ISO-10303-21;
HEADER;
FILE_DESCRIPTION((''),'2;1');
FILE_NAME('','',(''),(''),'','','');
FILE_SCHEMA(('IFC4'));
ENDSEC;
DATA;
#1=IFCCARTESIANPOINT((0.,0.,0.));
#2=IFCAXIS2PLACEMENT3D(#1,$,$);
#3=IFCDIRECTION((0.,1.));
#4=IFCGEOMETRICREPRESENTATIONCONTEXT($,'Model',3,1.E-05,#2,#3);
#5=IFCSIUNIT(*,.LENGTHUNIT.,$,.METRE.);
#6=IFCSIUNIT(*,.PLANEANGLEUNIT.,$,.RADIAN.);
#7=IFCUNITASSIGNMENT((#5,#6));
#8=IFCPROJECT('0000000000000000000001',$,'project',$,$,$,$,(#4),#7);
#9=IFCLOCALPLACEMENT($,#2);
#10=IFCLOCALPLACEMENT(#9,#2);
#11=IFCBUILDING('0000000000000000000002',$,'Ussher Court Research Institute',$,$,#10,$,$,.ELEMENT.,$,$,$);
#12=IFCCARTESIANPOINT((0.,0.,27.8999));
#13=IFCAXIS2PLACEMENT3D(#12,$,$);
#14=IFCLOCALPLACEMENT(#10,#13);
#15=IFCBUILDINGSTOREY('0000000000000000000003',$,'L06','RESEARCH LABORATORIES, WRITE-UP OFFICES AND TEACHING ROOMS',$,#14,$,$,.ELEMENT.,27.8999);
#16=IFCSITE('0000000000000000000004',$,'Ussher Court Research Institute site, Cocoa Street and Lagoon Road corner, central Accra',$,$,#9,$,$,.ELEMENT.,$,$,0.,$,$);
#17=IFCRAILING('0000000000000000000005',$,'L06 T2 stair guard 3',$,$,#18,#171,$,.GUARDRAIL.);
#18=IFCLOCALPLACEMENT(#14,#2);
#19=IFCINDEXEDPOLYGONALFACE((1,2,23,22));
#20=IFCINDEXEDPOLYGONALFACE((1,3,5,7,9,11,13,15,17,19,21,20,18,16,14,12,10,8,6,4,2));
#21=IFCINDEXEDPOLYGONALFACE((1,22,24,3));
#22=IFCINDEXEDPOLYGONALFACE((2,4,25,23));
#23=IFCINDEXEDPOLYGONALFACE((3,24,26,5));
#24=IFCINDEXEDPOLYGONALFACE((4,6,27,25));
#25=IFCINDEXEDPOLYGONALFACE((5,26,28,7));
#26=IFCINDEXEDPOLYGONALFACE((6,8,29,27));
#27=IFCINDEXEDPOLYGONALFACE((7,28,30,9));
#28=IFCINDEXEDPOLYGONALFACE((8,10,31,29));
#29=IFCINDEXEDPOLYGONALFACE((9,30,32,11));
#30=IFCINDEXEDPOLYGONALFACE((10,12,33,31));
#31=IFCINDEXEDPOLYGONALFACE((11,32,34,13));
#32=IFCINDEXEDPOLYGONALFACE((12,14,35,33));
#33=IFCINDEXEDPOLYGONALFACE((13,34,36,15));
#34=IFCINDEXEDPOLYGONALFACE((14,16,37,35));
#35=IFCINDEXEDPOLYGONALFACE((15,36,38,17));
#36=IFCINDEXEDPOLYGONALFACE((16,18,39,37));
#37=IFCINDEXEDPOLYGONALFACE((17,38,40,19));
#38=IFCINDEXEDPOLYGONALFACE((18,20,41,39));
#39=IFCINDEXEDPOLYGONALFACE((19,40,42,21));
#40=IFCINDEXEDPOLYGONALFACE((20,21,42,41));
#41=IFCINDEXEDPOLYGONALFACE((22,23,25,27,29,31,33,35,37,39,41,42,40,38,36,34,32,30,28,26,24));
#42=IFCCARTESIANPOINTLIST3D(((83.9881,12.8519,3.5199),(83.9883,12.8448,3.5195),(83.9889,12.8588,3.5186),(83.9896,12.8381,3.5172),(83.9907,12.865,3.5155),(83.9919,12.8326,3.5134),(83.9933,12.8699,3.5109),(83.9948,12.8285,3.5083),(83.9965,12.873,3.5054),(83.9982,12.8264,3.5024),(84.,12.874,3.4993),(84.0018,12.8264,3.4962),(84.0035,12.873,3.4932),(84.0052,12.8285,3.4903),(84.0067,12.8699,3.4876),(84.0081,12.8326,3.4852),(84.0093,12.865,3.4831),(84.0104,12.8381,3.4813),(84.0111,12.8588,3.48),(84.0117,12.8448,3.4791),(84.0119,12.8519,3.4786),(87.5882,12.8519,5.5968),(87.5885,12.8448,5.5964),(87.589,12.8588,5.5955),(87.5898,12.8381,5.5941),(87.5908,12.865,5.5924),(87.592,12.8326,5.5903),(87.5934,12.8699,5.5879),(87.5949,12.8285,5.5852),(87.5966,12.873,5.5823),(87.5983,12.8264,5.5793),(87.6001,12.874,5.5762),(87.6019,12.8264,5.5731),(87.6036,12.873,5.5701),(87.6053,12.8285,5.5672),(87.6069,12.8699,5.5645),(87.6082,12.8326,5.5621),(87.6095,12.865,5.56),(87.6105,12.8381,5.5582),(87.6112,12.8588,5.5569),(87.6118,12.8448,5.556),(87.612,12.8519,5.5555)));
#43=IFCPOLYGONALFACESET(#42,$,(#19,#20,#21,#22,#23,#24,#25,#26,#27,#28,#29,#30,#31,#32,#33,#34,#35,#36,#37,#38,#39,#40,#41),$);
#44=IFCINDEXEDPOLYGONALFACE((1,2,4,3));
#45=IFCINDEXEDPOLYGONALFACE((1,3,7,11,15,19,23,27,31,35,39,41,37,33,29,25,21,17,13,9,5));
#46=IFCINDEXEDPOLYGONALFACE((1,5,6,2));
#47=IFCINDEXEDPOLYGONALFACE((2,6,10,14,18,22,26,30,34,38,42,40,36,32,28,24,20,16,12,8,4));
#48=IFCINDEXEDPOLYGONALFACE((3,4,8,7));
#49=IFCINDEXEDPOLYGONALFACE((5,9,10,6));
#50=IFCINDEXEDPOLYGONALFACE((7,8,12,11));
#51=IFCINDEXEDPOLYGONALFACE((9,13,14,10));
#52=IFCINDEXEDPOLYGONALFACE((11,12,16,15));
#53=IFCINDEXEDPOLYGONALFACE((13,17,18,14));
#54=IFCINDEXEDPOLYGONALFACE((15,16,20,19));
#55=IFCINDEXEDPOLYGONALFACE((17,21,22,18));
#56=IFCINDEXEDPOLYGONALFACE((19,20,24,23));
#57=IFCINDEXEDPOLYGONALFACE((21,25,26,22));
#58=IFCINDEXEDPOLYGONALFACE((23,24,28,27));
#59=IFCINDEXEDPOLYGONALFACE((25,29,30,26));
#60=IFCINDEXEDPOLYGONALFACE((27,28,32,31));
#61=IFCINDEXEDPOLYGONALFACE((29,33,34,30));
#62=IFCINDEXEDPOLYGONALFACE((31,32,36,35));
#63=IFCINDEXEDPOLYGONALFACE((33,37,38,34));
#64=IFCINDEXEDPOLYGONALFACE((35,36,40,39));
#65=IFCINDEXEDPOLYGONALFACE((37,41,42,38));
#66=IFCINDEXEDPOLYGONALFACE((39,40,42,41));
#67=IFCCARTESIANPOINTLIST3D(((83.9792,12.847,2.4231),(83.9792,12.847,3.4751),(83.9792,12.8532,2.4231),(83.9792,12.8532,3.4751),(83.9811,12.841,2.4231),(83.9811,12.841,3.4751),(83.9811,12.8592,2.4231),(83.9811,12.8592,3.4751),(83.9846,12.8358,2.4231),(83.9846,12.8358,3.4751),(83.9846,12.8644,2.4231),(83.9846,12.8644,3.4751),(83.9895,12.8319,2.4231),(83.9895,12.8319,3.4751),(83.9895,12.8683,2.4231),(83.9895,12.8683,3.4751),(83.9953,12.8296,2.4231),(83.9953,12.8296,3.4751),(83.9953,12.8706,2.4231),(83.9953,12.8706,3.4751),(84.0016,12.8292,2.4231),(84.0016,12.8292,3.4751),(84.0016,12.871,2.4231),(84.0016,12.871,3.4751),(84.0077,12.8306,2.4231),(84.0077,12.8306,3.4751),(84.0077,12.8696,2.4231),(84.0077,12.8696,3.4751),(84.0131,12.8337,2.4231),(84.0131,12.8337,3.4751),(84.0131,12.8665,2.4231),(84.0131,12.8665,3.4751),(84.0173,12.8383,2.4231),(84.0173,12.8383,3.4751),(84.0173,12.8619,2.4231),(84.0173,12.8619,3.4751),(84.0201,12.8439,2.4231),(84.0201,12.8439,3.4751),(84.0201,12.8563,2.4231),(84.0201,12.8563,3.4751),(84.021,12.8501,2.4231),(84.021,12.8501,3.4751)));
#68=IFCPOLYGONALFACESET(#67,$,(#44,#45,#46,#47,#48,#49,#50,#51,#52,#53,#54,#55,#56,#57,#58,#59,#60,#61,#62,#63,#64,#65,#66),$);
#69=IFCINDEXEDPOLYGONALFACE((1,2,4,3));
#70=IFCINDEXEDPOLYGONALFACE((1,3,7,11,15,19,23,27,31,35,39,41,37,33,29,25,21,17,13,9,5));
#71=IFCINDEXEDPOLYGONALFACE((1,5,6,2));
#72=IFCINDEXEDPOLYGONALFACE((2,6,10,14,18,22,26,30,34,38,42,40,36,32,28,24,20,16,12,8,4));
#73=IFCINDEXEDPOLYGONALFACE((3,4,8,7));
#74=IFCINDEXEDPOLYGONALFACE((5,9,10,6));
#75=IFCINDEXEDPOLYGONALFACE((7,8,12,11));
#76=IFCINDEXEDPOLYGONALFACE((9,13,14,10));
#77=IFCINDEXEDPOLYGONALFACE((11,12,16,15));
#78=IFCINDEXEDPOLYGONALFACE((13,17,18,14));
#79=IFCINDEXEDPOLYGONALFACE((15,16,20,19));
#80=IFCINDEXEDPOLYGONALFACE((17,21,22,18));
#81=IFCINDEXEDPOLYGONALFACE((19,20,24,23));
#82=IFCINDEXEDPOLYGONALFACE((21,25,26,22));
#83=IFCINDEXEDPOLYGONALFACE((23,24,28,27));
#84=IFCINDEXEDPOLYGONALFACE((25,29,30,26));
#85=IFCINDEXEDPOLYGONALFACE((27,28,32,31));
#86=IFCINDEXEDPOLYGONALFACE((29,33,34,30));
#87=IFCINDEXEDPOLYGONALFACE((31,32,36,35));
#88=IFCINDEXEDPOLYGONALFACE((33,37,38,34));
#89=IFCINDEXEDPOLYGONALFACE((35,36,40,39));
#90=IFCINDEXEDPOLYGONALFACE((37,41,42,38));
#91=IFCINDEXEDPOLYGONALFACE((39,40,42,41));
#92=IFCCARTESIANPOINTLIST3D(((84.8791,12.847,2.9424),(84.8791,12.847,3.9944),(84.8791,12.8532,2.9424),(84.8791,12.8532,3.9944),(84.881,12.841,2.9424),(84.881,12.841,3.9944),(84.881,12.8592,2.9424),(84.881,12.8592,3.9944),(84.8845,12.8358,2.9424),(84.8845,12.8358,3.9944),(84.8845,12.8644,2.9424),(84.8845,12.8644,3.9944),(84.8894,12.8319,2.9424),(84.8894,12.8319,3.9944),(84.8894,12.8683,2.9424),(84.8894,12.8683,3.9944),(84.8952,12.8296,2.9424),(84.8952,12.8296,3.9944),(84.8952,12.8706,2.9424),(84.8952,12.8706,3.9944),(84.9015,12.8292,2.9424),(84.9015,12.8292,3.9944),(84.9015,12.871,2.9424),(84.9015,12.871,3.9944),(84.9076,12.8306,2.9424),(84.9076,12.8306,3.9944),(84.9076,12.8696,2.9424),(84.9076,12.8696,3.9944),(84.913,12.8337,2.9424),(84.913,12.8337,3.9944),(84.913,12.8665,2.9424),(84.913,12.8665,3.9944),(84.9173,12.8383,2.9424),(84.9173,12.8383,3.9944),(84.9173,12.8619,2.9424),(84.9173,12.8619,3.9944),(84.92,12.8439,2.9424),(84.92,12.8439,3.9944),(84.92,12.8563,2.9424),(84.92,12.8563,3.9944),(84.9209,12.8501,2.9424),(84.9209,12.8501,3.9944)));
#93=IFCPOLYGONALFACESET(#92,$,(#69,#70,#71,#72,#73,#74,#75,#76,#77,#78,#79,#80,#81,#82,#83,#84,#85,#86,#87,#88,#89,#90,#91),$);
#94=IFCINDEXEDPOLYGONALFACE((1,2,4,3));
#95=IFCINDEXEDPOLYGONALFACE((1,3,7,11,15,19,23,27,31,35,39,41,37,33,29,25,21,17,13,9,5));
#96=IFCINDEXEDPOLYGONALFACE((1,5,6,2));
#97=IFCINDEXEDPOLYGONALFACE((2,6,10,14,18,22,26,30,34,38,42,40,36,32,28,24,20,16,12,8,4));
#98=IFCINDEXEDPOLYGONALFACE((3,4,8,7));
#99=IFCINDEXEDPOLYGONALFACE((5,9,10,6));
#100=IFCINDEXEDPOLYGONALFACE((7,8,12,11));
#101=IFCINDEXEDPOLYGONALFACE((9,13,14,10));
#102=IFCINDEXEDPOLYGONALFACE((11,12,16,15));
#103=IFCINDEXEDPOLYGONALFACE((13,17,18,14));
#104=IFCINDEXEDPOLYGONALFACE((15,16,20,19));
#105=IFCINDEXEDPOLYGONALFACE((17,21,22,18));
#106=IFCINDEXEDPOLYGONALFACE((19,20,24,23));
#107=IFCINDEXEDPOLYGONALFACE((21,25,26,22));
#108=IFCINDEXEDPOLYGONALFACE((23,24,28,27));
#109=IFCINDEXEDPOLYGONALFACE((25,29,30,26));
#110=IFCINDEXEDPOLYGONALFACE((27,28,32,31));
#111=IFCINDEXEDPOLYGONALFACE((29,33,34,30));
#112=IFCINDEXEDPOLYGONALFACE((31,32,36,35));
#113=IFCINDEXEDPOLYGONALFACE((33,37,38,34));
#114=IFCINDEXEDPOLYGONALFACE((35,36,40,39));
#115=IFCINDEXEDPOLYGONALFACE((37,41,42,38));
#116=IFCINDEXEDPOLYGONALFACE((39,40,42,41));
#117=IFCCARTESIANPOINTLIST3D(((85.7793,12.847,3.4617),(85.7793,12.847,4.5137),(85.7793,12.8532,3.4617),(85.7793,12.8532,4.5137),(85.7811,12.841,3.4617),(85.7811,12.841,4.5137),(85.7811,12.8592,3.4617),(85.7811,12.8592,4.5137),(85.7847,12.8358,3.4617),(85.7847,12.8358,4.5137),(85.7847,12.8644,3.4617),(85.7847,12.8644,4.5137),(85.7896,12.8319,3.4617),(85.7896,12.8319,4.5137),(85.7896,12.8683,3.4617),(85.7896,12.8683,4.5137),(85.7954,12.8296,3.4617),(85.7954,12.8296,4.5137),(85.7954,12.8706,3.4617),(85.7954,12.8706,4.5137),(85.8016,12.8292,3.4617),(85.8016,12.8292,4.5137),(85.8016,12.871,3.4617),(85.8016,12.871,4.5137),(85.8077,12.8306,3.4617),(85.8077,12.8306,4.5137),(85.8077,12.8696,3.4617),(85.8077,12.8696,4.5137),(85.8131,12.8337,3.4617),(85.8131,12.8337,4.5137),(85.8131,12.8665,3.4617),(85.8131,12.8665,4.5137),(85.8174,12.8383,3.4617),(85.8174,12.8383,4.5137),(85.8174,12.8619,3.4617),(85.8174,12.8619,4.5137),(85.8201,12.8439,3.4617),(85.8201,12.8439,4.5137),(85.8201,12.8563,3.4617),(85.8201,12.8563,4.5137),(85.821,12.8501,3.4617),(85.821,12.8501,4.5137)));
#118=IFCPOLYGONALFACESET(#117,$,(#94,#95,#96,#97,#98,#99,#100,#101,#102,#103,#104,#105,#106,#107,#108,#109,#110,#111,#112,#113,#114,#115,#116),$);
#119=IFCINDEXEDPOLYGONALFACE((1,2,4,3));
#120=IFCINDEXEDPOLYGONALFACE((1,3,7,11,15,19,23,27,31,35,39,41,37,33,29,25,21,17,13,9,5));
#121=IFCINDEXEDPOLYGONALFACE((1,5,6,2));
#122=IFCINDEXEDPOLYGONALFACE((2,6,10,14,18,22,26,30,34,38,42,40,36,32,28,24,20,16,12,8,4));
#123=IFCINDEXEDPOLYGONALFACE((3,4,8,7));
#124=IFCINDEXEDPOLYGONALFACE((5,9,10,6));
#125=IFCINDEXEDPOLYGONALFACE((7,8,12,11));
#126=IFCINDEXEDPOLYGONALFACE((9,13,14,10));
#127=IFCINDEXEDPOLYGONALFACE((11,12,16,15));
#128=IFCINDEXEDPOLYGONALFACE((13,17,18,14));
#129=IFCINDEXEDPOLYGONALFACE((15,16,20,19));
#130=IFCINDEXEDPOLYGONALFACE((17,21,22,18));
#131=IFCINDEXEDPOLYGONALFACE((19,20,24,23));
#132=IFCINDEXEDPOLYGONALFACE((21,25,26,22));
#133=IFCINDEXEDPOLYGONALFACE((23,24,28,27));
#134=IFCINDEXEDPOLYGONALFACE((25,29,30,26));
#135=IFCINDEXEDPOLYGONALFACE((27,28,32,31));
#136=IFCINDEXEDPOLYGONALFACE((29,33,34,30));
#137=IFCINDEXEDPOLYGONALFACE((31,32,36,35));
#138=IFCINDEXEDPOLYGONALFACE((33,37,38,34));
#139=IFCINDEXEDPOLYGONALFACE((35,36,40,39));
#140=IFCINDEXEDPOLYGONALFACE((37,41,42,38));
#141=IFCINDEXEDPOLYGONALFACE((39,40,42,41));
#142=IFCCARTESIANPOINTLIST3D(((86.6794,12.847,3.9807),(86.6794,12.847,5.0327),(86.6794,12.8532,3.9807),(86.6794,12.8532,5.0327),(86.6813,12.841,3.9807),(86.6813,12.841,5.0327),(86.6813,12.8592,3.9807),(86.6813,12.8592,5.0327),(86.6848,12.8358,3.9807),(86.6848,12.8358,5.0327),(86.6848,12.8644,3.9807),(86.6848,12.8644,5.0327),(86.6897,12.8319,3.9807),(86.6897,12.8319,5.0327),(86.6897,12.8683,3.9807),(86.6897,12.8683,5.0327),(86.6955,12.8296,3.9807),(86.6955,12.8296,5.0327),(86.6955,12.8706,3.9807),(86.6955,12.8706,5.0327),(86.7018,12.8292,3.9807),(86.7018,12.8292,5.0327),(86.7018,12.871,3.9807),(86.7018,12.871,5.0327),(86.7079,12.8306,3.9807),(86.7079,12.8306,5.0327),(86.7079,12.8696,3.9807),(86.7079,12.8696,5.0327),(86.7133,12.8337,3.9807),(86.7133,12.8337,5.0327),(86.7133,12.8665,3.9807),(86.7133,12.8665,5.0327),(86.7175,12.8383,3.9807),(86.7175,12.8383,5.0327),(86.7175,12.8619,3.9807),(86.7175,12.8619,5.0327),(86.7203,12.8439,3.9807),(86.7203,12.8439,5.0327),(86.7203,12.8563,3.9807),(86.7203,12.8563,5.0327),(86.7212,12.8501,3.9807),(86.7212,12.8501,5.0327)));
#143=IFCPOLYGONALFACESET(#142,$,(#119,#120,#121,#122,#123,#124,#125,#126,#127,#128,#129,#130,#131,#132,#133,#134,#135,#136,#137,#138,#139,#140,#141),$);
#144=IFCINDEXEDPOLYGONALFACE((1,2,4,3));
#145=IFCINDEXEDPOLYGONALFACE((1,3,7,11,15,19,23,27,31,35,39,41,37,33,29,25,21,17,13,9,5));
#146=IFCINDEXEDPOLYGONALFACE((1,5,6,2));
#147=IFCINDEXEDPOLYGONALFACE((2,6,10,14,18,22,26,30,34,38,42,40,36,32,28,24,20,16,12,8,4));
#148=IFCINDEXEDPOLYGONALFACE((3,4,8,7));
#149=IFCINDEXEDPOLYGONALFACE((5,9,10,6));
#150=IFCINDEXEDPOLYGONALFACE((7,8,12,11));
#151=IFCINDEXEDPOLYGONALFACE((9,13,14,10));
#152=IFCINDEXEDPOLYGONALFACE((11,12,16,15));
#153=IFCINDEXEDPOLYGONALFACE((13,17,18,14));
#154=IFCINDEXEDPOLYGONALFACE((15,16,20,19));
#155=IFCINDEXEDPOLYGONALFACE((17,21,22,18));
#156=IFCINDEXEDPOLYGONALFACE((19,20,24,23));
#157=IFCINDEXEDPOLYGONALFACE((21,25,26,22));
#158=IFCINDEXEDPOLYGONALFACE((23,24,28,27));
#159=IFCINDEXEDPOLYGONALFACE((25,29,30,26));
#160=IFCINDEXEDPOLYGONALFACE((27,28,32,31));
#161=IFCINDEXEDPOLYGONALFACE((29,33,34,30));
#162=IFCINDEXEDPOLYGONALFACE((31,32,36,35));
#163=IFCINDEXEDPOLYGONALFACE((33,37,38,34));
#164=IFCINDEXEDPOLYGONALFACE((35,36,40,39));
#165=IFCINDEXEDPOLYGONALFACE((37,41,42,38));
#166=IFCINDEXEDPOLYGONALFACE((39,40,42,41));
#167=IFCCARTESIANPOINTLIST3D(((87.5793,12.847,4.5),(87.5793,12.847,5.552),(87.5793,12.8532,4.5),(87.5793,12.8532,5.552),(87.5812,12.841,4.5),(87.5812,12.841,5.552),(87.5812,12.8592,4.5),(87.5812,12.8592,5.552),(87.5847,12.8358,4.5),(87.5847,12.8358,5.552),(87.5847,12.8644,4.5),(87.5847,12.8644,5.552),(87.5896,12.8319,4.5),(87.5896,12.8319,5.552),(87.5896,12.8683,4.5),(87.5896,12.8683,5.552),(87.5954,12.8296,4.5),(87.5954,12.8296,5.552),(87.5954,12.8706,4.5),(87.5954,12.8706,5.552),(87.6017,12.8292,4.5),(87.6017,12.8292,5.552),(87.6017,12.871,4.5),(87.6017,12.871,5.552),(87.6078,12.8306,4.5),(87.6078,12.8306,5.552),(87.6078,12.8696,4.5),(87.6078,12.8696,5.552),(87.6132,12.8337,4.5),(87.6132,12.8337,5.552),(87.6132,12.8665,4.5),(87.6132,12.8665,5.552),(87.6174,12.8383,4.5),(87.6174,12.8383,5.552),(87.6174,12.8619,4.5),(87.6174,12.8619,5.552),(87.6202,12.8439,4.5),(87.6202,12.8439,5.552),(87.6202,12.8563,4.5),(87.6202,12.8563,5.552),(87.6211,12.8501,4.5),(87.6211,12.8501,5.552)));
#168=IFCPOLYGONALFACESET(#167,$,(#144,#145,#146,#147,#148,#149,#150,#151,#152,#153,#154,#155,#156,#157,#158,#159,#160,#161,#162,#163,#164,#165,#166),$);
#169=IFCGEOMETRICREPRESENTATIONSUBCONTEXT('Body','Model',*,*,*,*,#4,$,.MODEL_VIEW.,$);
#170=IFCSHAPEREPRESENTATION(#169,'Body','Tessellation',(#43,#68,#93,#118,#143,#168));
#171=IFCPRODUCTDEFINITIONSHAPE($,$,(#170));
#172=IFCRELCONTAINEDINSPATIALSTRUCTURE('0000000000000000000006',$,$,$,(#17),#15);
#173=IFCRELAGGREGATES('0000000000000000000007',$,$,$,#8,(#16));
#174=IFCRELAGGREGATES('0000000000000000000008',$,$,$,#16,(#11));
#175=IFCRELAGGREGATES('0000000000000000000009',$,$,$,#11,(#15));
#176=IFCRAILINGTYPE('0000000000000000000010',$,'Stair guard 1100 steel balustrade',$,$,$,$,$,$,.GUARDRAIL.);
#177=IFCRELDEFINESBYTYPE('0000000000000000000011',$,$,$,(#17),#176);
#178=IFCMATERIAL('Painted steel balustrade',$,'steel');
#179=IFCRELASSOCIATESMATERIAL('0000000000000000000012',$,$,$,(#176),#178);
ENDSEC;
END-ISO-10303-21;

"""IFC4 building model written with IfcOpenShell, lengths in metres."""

from ifc_helpers import new_model, si_unit, direction, frame, origin, origin_2d, place, context, subcontext, project, spatial, circle, extrude, material, type_object, element, save


model = new_model("IFC4")

# Units and contexts
model_context = context("Model", 3, precision=1e-05, world=origin(), true_north=direction((0.0, 1.0)))
body_context = subcontext(model_context, "Body", "Model", "MODEL_VIEW")
ifc_project = project(units=[si_unit("LENGTHUNIT", "METRE"), si_unit("PLANEANGLEUNIT", "RADIAN")], contexts=[model_context])

# Site, building, storey
site_placement = place(None, origin())
site = spatial("IfcSite", under=ifc_project, at=site_placement, Name="Ussher Court Research Institute site, Cocoa Street and Lagoon Road corner, central Accra", CompositionType="ELEMENT", RefElevation=0.0)
building_placement = place(site_placement, origin())
building = spatial("IfcBuilding", under=site, at=building_placement, Name="Ussher Court Research Institute", CompositionType="ELEMENT")
storey_placement = place(building_placement, frame((0.0, 0.0, 27.8999)))
storey = spatial("IfcBuildingStorey", under=building, at=storey_placement, Name="L06", Description="RESEARCH LABORATORIES, WRITE-UP OFFICES AND TEACHING ROOMS", CompositionType="ELEMENT", Elevation=27.8999)

# Railing
ifc_material_1 = material(Name="Painted steel balustrade", Category="steel")
railing_type_1 = type_object("IfcRailingType", Name="Stair guard 1100 steel balustrade", PredefinedType="GUARDRAIL", material=ifc_material_1)
railing_1_placement = place(storey_placement, frame((84.0, 12.8501, 2.4231)))
element("IfcRailing", 1, at=railing_1_placement, inside=storey, type_object=railing_type_1, Name="L06 T2 stair guard 3", PredefinedType="GUARDRAIL", context=body_context, shape_type="SweptSolid", body=[
    extrude(circle(Radius=0.0239, at=origin_2d()), frame((0.0, 0.0, 1.0762), z_axis=(0.866193, 0.0, 0.499709), x_axis=(0.0, 1.0, 0.0)), (0.0, 0.0, 1.0), 4.1562),
    extrude(circle(Radius=0.021, at=origin_2d()), origin(), (0.0, 0.0, 1.0), 1.052),
    extrude(circle(Radius=0.021, at=origin_2d()), frame((0.8999, 0.0, 0.5193)), (0.0, 0.0, 1.0), 1.052),
    extrude(circle(Radius=0.021, at=origin_2d()), frame((1.8, 0.0, 1.0386)), (0.0, 0.0, 1.0), 1.052),
    extrude(circle(Radius=0.021, at=origin_2d()), frame((2.7002, 0.0, 1.5576)), (0.0, 0.0, 1.0), 1.052),
    extrude(circle(Radius=0.021, at=origin_2d()), frame((3.6001, 0.0, 2.0769)), (0.0, 0.0, 1.0), 1.052),
])

save(model, "model.ifc")
